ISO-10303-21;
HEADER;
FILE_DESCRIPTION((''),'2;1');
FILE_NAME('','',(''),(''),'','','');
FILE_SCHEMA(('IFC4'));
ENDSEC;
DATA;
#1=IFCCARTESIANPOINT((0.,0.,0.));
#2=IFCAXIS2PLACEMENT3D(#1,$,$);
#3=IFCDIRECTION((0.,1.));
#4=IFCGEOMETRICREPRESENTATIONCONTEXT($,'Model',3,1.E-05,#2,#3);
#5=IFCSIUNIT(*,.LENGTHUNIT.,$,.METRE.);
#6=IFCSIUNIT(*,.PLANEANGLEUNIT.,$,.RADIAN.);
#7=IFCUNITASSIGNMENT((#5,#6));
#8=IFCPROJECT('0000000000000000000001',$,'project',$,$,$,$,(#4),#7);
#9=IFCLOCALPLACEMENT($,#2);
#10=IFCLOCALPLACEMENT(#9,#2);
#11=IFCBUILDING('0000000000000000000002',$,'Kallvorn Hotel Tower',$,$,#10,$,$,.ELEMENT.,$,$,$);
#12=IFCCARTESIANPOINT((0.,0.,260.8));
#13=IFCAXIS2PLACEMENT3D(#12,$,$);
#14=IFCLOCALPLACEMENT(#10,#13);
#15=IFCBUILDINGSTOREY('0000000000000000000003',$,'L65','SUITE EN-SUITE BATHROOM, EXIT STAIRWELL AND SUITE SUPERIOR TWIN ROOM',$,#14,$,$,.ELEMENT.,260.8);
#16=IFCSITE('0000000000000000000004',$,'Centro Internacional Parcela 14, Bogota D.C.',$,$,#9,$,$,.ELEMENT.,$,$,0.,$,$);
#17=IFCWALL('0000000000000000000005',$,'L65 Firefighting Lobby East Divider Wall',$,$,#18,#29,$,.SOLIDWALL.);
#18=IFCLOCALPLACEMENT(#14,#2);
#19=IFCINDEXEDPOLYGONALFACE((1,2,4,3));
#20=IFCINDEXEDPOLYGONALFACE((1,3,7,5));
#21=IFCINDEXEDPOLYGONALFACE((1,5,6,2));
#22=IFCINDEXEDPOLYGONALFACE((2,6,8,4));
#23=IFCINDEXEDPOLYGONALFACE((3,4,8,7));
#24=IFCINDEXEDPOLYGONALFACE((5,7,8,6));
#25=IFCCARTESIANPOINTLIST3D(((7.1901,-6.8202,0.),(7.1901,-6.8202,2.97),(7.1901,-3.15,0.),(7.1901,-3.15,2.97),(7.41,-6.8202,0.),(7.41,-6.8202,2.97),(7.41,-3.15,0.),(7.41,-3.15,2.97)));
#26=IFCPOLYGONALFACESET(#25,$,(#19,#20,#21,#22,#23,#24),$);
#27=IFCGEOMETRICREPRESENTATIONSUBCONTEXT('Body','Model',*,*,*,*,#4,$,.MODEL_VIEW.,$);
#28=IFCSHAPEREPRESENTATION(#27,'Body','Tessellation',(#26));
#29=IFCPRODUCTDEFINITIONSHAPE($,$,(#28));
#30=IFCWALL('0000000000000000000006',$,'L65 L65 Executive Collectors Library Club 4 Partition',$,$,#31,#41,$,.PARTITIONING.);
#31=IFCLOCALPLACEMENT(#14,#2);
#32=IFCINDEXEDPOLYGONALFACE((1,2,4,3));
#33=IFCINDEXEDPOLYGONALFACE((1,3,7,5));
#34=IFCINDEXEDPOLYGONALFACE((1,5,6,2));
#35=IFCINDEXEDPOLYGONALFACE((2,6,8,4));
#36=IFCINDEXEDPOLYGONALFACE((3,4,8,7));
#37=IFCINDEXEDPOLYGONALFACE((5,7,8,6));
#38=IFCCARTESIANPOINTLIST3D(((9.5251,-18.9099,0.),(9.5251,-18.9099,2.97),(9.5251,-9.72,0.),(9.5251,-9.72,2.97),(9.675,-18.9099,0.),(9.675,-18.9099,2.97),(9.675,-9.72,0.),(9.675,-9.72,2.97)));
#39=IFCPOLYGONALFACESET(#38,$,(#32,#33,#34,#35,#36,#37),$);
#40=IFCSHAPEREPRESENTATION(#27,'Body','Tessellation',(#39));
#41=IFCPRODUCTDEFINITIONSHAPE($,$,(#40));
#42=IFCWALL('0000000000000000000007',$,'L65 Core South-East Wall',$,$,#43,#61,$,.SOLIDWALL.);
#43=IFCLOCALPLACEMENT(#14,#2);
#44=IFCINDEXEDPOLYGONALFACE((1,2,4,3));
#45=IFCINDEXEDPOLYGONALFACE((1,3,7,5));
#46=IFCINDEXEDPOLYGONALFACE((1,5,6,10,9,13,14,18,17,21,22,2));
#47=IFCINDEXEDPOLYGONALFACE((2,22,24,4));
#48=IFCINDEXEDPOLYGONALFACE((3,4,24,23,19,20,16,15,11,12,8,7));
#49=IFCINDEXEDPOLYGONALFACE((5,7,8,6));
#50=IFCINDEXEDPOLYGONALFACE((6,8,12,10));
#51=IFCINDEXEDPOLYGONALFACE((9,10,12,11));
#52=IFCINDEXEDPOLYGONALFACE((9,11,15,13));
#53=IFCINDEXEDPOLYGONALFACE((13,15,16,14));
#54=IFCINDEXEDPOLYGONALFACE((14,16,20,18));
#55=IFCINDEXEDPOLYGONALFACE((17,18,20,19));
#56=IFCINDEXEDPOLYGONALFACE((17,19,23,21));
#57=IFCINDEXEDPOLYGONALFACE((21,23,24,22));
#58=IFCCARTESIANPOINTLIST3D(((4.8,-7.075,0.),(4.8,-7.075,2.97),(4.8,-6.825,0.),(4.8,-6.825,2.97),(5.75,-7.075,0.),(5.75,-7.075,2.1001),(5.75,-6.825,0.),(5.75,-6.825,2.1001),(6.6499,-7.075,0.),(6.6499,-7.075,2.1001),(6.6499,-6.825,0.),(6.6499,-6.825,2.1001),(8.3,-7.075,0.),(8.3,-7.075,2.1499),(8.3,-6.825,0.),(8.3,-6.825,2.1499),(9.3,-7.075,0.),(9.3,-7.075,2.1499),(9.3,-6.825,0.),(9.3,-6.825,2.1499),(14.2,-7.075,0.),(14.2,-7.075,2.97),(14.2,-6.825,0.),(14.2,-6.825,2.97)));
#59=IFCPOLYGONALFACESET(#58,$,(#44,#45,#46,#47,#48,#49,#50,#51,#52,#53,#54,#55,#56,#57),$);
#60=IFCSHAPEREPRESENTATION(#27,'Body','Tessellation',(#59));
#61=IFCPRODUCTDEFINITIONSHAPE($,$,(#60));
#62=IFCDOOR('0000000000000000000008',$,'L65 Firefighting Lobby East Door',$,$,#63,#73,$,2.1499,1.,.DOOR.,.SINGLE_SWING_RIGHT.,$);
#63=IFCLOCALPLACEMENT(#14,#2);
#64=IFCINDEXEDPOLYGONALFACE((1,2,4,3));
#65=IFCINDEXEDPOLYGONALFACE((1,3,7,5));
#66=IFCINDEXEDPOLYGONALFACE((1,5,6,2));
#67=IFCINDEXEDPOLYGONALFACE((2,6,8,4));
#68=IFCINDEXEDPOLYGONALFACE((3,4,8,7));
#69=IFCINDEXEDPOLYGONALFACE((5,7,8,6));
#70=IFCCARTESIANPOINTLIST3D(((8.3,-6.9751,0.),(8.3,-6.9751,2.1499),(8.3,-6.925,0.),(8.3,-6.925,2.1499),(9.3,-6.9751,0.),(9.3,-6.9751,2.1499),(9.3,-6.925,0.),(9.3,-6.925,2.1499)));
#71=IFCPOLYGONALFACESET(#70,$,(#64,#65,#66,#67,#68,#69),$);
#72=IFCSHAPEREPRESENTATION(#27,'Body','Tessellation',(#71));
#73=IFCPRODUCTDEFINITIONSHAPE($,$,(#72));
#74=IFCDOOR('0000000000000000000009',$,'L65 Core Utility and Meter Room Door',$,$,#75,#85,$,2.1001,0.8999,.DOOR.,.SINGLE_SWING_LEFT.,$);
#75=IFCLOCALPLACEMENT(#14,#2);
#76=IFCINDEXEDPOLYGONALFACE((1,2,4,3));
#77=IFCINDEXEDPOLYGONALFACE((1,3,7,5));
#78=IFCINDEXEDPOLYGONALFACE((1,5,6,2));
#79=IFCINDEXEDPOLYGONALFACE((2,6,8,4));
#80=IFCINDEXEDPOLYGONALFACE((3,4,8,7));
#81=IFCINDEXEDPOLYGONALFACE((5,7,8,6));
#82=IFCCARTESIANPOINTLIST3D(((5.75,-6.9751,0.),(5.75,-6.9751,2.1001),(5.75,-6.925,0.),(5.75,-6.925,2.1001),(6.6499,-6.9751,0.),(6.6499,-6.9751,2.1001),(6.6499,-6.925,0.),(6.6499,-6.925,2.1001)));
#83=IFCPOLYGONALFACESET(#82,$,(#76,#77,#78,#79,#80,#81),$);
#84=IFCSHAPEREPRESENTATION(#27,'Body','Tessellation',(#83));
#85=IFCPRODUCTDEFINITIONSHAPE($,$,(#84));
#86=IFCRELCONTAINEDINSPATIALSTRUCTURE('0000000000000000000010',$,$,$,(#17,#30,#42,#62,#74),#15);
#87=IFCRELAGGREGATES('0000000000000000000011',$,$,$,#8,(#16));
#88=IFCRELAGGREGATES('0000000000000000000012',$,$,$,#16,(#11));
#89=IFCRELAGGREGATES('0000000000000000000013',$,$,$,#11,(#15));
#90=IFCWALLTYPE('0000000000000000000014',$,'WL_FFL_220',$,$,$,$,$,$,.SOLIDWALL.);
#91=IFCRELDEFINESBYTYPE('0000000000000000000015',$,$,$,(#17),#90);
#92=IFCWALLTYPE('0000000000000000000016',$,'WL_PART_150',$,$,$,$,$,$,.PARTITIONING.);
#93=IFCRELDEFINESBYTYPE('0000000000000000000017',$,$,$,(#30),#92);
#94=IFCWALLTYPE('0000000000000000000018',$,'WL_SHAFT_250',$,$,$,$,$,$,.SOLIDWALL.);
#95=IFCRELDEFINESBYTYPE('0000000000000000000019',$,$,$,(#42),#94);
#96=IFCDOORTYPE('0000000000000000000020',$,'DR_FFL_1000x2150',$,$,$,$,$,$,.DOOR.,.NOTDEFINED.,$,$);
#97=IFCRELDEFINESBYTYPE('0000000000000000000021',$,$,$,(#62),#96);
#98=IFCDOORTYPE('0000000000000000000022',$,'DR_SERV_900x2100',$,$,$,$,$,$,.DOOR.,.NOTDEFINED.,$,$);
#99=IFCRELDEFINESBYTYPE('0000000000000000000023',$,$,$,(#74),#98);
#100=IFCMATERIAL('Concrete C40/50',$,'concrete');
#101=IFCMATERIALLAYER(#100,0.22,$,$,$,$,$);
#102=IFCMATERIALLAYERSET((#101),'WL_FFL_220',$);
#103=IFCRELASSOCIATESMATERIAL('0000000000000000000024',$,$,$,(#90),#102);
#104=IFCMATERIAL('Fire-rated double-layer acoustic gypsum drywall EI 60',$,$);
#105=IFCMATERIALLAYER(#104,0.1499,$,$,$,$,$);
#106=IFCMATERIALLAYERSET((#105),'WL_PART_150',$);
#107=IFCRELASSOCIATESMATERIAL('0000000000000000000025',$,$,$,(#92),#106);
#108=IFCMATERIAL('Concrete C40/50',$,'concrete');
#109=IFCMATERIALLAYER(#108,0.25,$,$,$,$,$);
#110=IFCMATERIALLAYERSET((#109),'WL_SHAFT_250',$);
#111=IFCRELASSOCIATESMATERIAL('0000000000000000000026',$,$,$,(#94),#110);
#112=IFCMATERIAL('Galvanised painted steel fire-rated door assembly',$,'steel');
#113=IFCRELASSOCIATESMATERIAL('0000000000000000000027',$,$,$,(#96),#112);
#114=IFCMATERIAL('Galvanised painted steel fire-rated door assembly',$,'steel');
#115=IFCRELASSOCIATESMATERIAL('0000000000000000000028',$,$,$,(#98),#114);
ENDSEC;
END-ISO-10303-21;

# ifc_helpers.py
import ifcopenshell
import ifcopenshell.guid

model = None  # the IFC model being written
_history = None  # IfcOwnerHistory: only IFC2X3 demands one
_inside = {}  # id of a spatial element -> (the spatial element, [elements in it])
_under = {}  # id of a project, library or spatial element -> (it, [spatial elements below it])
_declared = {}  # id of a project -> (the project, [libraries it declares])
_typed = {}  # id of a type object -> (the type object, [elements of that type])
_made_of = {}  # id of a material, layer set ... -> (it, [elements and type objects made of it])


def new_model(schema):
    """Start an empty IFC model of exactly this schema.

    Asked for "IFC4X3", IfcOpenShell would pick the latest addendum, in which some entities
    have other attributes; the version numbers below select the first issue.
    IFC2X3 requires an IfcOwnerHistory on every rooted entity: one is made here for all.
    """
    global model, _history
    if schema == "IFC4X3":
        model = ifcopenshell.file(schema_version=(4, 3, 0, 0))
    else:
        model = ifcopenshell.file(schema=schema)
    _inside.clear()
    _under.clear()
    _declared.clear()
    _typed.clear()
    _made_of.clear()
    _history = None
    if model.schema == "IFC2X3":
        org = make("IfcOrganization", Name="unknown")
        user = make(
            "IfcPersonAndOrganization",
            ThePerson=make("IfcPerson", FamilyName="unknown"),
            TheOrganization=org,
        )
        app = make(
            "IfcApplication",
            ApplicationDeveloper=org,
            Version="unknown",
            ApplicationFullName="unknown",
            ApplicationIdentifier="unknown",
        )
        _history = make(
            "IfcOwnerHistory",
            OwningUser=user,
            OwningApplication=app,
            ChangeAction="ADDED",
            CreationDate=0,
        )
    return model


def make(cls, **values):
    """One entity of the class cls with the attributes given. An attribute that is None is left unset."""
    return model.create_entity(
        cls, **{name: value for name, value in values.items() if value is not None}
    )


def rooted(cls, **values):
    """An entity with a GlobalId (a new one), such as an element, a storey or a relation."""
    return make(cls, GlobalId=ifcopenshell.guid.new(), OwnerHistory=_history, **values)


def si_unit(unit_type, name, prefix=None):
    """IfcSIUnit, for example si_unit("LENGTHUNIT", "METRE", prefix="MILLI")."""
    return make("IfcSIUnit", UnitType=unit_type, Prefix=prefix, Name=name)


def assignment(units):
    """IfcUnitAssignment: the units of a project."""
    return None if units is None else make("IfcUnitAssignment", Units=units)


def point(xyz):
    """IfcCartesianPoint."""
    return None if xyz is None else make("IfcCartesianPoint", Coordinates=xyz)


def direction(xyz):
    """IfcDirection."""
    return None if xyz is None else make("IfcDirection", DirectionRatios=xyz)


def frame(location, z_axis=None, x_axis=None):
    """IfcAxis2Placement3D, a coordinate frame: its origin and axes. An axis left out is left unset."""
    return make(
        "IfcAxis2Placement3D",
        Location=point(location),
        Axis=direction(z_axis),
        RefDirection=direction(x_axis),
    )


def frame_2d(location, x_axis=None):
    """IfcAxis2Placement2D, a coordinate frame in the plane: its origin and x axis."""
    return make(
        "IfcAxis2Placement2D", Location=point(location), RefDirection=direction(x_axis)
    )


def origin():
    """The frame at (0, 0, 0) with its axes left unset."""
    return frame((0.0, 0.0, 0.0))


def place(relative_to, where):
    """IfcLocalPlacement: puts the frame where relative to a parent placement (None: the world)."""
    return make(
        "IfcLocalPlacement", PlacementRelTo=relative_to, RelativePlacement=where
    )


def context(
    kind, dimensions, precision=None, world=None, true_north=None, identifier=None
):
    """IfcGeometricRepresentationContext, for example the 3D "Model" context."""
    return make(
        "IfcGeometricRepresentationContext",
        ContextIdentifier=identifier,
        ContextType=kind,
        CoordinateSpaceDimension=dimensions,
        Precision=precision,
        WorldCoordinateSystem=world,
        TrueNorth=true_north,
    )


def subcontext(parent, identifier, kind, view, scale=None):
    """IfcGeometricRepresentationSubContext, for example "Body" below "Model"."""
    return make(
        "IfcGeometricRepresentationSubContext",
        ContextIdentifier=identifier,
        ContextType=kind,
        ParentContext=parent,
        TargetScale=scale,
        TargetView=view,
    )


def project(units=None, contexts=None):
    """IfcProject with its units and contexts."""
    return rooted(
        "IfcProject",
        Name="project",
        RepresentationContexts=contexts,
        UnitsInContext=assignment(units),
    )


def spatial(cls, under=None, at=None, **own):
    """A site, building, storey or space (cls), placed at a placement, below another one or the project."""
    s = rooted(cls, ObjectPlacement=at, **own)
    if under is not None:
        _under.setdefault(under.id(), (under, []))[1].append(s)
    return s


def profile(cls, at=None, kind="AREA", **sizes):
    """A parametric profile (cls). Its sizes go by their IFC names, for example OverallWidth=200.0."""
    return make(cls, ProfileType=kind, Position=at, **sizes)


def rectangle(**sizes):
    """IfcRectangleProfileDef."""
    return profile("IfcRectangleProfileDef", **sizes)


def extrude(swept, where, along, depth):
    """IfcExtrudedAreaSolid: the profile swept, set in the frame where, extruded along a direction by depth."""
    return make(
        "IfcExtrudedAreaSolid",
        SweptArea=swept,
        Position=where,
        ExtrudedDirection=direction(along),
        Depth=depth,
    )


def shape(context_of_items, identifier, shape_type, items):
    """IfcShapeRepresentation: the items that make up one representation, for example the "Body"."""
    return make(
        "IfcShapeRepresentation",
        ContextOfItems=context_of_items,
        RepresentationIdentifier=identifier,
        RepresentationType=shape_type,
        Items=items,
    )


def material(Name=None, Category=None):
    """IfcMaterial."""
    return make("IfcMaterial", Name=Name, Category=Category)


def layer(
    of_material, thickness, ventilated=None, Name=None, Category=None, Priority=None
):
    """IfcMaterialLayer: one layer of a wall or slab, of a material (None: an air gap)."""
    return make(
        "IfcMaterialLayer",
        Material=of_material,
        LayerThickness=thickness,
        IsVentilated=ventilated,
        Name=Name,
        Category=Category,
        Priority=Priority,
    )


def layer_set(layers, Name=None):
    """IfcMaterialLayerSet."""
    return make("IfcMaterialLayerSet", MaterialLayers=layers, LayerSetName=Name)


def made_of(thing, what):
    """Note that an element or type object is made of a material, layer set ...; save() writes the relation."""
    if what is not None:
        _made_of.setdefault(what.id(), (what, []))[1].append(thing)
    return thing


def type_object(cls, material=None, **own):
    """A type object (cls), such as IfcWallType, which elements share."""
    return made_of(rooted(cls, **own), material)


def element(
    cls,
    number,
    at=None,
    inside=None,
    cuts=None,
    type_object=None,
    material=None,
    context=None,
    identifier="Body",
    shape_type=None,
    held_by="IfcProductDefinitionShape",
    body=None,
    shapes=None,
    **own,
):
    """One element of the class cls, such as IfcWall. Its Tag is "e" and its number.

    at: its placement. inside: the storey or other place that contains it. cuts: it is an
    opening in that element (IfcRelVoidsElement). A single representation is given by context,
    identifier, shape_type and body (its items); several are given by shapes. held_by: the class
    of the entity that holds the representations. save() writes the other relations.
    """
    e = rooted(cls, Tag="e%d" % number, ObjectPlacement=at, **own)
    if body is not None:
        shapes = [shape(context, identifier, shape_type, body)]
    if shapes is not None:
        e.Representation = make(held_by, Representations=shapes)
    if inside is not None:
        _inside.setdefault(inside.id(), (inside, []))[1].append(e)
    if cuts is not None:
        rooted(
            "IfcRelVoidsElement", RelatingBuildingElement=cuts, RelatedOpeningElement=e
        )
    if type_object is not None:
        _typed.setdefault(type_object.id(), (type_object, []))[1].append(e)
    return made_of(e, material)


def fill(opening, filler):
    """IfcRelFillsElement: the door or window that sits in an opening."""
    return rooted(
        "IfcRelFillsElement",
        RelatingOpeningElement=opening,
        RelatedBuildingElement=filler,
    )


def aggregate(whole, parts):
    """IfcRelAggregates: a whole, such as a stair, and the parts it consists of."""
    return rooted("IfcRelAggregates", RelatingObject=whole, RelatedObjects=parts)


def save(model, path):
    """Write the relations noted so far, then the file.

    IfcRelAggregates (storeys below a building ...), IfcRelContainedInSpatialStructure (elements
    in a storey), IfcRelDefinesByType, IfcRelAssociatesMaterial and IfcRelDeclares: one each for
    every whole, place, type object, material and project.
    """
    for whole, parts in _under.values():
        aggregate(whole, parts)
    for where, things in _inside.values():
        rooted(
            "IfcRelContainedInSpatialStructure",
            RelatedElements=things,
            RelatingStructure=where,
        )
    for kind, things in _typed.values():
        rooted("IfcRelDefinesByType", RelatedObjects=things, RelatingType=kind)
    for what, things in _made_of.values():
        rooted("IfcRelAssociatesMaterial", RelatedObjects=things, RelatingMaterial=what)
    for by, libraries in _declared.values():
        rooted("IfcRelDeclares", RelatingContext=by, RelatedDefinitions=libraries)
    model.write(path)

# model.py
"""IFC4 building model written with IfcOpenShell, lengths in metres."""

from ifc_helpers import new_model, si_unit, direction, frame, frame_2d, origin, place, context, subcontext, project, spatial, rectangle, extrude, material, layer, layer_set, type_object, element, fill, save


model = new_model("IFC4")

# Units and contexts
model_context = context("Model", 3, precision=1e-05, world=origin(), true_north=direction((0.0, 1.0)))
body_context = subcontext(model_context, "Body", "Model", "MODEL_VIEW")
ifc_project = project(units=[si_unit("LENGTHUNIT", "METRE"), si_unit("PLANEANGLEUNIT", "RADIAN")], contexts=[model_context])

# Site, building, storey
site_placement = place(None, origin())
site = spatial("IfcSite", under=ifc_project, at=site_placement, Name="Centro Internacional Parcela 14, Bogota D.C.", CompositionType="ELEMENT", RefElevation=0.0)
building_placement = place(site_placement, origin())
building = spatial("IfcBuilding", under=site, at=building_placement, Name="Kallvorn Hotel Tower", CompositionType="ELEMENT")
storey_placement = place(building_placement, frame((0.0, 0.0, 260.8)))
storey = spatial("IfcBuildingStorey", under=building, at=storey_placement, Name="L65", Description="SUITE EN-SUITE BATHROOM, EXIT STAIRWELL AND SUITE SUPERIOR TWIN ROOM", CompositionType="ELEMENT", Elevation=260.8)

# Walls
ifc_material_1 = material(Name="Concrete C40/50", Category="concrete")
ifc_layer_1 = layer(ifc_material_1, 0.22)
ifc_layer_set_1 = layer_set([ifc_layer_1], Name="WL_FFL_220")
wall_type_1 = type_object("IfcWallType", Name="WL_FFL_220", PredefinedType="SOLIDWALL", material=ifc_layer_set_1)
wall_1_placement = place(storey_placement, frame((7.3, -6.8201, 0.0), z_axis=(0.0, 0.0, 1.0), x_axis=(0.0, 1.0, 0.0)))
element("IfcWall", 1, at=wall_1_placement, inside=storey, type_object=wall_type_1, Name="L65 Firefighting Lobby East Divider Wall", PredefinedType="SOLIDWALL", context=body_context, shape_type="SweptSolid", body=[
    extrude(rectangle(XDim=3.6702, YDim=0.22, at=frame_2d((1.835, 0.0))), origin(), (0.0, 0.0, 1.0), 2.97),
])
ifc_material_2 = material(Name="Fire-rated double-layer acoustic gypsum drywall EI 60")
ifc_layer_2 = layer(ifc_material_2, 0.1499)
ifc_layer_set_2 = layer_set([ifc_layer_2], Name="WL_PART_150")
wall_type_2 = type_object("IfcWallType", Name="WL_PART_150", PredefinedType="PARTITIONING", material=ifc_layer_set_2)
wall_2_placement = place(storey_placement, frame((9.6001, -18.9099, 0.0), z_axis=(0.0, 0.0, 1.0), x_axis=(0.0, 1.0, 0.0)))
element("IfcWall", 2, at=wall_2_placement, inside=storey, type_object=wall_type_2, Name="L65 L65 Executive Collectors Library Club 4 Partition", PredefinedType="PARTITIONING", context=body_context, shape_type="SweptSolid", body=[
    extrude(rectangle(XDim=9.1899, YDim=0.1499, at=frame_2d((4.595, 0.0))), origin(), (0.0, 0.0, 1.0), 2.97),
])

# Wall, openings, doors
ifc_material_3 = material(Name="Concrete C40/50", Category="concrete")
ifc_layer_3 = layer(ifc_material_3, 0.25)
ifc_layer_set_3 = layer_set([ifc_layer_3], Name="WL_SHAFT_250")
wall_type_3 = type_object("IfcWallType", Name="WL_SHAFT_250", PredefinedType="SOLIDWALL", material=ifc_layer_set_3)
wall_3_placement = place(storey_placement, frame((4.8, -6.95, 0.0), z_axis=(0.0, 0.0, 1.0), x_axis=(1.0, 0.0, 0.0)))
wall_3 = element("IfcWall", 3, at=wall_3_placement, inside=storey, type_object=wall_type_3, Name="L65 Core South-East Wall", PredefinedType="SOLIDWALL", context=body_context, shape_type="SweptSolid", body=[
    extrude(rectangle(XDim=9.3999, YDim=0.25, at=frame_2d((4.7, 0.0))), origin(), (0.0, 0.0, 1.0), 2.97),
])
opening_1_placement = place(wall_3_placement, frame((3.5, 0.0, 0.0)))
opening_1 = element("IfcOpeningElement", 4, at=opening_1_placement, cuts=wall_3, PredefinedType="OPENING", context=body_context, shape_type="SweptSolid", body=[
    extrude(rectangle(XDim=1.0, YDim=2.1499, at=frame_2d((0.5, 1.075))), frame((0.0, 0.1399, 0.0), z_axis=(0.0, -1.0, 0.0), x_axis=(1.0, 0.0, 0.0)), (0.0, 0.0, 1.0), 0.28),
])
opening_2_placement = place(wall_3_placement, frame((0.95, 0.0, 0.0)))
opening_2 = element("IfcOpeningElement", 5, at=opening_2_placement, cuts=wall_3, PredefinedType="OPENING", context=body_context, shape_type="SweptSolid", body=[
    extrude(rectangle(XDim=0.8999, YDim=2.1001, at=frame_2d((0.45, 1.05))), frame((0.0, 0.1399, 0.0), z_axis=(0.0, -1.0, 0.0), x_axis=(1.0, 0.0, 0.0)), (0.0, 0.0, 1.0), 0.28),
])
ifc_material_4 = material(Name="Galvanised painted steel fire-rated door assembly", Category="steel")
door_type_1 = type_object("IfcDoorType", Name="DR_FFL_1000x2150", OperationType="NOTDEFINED", PredefinedType="DOOR", material=ifc_material_4)
door_1_placement = place(opening_1_placement, origin())
door_1 = element("IfcDoor", 6, at=door_1_placement, inside=storey, type_object=door_type_1, Name="L65 Firefighting Lobby East Door", OperationType="SINGLE_SWING_RIGHT", OverallHeight=2.1499, OverallWidth=1.0, PredefinedType="DOOR", context=body_context, shape_type="SweptSolid", body=[
    extrude(rectangle(XDim=1.0, YDim=2.1499, at=frame_2d((0.5, 1.075))), frame((0.0, 0.0249, 0.0), z_axis=(0.0, -1.0, 0.0), x_axis=(1.0, 0.0, 0.0)), (0.0, 0.0, 1.0), 0.05),
])
fill(opening_1, door_1)
ifc_material_5 = material(Name="Galvanised painted steel fire-rated door assembly", Category="steel")
door_type_2 = type_object("IfcDoorType", Name="DR_SERV_900x2100", OperationType="NOTDEFINED", PredefinedType="DOOR", material=ifc_material_5)
door_2_placement = place(opening_2_placement, origin())
door_2 = element("IfcDoor", 7, at=door_2_placement, inside=storey, type_object=door_type_2, Name="L65 Core Utility and Meter Room Door", OperationType="SINGLE_SWING_LEFT", OverallHeight=2.1001, OverallWidth=0.8999, PredefinedType="DOOR", context=body_context, shape_type="SweptSolid", body=[
    extrude(rectangle(XDim=0.8999, YDim=2.1001, at=frame_2d((0.45, 1.05))), frame((0.0, 0.0249, 0.0), z_axis=(0.0, -1.0, 0.0), x_axis=(1.0, 0.0, 0.0)), (0.0, 0.0, 1.0), 0.05),
])
fill(opening_2, door_2)

save(model, "model.ifc")
